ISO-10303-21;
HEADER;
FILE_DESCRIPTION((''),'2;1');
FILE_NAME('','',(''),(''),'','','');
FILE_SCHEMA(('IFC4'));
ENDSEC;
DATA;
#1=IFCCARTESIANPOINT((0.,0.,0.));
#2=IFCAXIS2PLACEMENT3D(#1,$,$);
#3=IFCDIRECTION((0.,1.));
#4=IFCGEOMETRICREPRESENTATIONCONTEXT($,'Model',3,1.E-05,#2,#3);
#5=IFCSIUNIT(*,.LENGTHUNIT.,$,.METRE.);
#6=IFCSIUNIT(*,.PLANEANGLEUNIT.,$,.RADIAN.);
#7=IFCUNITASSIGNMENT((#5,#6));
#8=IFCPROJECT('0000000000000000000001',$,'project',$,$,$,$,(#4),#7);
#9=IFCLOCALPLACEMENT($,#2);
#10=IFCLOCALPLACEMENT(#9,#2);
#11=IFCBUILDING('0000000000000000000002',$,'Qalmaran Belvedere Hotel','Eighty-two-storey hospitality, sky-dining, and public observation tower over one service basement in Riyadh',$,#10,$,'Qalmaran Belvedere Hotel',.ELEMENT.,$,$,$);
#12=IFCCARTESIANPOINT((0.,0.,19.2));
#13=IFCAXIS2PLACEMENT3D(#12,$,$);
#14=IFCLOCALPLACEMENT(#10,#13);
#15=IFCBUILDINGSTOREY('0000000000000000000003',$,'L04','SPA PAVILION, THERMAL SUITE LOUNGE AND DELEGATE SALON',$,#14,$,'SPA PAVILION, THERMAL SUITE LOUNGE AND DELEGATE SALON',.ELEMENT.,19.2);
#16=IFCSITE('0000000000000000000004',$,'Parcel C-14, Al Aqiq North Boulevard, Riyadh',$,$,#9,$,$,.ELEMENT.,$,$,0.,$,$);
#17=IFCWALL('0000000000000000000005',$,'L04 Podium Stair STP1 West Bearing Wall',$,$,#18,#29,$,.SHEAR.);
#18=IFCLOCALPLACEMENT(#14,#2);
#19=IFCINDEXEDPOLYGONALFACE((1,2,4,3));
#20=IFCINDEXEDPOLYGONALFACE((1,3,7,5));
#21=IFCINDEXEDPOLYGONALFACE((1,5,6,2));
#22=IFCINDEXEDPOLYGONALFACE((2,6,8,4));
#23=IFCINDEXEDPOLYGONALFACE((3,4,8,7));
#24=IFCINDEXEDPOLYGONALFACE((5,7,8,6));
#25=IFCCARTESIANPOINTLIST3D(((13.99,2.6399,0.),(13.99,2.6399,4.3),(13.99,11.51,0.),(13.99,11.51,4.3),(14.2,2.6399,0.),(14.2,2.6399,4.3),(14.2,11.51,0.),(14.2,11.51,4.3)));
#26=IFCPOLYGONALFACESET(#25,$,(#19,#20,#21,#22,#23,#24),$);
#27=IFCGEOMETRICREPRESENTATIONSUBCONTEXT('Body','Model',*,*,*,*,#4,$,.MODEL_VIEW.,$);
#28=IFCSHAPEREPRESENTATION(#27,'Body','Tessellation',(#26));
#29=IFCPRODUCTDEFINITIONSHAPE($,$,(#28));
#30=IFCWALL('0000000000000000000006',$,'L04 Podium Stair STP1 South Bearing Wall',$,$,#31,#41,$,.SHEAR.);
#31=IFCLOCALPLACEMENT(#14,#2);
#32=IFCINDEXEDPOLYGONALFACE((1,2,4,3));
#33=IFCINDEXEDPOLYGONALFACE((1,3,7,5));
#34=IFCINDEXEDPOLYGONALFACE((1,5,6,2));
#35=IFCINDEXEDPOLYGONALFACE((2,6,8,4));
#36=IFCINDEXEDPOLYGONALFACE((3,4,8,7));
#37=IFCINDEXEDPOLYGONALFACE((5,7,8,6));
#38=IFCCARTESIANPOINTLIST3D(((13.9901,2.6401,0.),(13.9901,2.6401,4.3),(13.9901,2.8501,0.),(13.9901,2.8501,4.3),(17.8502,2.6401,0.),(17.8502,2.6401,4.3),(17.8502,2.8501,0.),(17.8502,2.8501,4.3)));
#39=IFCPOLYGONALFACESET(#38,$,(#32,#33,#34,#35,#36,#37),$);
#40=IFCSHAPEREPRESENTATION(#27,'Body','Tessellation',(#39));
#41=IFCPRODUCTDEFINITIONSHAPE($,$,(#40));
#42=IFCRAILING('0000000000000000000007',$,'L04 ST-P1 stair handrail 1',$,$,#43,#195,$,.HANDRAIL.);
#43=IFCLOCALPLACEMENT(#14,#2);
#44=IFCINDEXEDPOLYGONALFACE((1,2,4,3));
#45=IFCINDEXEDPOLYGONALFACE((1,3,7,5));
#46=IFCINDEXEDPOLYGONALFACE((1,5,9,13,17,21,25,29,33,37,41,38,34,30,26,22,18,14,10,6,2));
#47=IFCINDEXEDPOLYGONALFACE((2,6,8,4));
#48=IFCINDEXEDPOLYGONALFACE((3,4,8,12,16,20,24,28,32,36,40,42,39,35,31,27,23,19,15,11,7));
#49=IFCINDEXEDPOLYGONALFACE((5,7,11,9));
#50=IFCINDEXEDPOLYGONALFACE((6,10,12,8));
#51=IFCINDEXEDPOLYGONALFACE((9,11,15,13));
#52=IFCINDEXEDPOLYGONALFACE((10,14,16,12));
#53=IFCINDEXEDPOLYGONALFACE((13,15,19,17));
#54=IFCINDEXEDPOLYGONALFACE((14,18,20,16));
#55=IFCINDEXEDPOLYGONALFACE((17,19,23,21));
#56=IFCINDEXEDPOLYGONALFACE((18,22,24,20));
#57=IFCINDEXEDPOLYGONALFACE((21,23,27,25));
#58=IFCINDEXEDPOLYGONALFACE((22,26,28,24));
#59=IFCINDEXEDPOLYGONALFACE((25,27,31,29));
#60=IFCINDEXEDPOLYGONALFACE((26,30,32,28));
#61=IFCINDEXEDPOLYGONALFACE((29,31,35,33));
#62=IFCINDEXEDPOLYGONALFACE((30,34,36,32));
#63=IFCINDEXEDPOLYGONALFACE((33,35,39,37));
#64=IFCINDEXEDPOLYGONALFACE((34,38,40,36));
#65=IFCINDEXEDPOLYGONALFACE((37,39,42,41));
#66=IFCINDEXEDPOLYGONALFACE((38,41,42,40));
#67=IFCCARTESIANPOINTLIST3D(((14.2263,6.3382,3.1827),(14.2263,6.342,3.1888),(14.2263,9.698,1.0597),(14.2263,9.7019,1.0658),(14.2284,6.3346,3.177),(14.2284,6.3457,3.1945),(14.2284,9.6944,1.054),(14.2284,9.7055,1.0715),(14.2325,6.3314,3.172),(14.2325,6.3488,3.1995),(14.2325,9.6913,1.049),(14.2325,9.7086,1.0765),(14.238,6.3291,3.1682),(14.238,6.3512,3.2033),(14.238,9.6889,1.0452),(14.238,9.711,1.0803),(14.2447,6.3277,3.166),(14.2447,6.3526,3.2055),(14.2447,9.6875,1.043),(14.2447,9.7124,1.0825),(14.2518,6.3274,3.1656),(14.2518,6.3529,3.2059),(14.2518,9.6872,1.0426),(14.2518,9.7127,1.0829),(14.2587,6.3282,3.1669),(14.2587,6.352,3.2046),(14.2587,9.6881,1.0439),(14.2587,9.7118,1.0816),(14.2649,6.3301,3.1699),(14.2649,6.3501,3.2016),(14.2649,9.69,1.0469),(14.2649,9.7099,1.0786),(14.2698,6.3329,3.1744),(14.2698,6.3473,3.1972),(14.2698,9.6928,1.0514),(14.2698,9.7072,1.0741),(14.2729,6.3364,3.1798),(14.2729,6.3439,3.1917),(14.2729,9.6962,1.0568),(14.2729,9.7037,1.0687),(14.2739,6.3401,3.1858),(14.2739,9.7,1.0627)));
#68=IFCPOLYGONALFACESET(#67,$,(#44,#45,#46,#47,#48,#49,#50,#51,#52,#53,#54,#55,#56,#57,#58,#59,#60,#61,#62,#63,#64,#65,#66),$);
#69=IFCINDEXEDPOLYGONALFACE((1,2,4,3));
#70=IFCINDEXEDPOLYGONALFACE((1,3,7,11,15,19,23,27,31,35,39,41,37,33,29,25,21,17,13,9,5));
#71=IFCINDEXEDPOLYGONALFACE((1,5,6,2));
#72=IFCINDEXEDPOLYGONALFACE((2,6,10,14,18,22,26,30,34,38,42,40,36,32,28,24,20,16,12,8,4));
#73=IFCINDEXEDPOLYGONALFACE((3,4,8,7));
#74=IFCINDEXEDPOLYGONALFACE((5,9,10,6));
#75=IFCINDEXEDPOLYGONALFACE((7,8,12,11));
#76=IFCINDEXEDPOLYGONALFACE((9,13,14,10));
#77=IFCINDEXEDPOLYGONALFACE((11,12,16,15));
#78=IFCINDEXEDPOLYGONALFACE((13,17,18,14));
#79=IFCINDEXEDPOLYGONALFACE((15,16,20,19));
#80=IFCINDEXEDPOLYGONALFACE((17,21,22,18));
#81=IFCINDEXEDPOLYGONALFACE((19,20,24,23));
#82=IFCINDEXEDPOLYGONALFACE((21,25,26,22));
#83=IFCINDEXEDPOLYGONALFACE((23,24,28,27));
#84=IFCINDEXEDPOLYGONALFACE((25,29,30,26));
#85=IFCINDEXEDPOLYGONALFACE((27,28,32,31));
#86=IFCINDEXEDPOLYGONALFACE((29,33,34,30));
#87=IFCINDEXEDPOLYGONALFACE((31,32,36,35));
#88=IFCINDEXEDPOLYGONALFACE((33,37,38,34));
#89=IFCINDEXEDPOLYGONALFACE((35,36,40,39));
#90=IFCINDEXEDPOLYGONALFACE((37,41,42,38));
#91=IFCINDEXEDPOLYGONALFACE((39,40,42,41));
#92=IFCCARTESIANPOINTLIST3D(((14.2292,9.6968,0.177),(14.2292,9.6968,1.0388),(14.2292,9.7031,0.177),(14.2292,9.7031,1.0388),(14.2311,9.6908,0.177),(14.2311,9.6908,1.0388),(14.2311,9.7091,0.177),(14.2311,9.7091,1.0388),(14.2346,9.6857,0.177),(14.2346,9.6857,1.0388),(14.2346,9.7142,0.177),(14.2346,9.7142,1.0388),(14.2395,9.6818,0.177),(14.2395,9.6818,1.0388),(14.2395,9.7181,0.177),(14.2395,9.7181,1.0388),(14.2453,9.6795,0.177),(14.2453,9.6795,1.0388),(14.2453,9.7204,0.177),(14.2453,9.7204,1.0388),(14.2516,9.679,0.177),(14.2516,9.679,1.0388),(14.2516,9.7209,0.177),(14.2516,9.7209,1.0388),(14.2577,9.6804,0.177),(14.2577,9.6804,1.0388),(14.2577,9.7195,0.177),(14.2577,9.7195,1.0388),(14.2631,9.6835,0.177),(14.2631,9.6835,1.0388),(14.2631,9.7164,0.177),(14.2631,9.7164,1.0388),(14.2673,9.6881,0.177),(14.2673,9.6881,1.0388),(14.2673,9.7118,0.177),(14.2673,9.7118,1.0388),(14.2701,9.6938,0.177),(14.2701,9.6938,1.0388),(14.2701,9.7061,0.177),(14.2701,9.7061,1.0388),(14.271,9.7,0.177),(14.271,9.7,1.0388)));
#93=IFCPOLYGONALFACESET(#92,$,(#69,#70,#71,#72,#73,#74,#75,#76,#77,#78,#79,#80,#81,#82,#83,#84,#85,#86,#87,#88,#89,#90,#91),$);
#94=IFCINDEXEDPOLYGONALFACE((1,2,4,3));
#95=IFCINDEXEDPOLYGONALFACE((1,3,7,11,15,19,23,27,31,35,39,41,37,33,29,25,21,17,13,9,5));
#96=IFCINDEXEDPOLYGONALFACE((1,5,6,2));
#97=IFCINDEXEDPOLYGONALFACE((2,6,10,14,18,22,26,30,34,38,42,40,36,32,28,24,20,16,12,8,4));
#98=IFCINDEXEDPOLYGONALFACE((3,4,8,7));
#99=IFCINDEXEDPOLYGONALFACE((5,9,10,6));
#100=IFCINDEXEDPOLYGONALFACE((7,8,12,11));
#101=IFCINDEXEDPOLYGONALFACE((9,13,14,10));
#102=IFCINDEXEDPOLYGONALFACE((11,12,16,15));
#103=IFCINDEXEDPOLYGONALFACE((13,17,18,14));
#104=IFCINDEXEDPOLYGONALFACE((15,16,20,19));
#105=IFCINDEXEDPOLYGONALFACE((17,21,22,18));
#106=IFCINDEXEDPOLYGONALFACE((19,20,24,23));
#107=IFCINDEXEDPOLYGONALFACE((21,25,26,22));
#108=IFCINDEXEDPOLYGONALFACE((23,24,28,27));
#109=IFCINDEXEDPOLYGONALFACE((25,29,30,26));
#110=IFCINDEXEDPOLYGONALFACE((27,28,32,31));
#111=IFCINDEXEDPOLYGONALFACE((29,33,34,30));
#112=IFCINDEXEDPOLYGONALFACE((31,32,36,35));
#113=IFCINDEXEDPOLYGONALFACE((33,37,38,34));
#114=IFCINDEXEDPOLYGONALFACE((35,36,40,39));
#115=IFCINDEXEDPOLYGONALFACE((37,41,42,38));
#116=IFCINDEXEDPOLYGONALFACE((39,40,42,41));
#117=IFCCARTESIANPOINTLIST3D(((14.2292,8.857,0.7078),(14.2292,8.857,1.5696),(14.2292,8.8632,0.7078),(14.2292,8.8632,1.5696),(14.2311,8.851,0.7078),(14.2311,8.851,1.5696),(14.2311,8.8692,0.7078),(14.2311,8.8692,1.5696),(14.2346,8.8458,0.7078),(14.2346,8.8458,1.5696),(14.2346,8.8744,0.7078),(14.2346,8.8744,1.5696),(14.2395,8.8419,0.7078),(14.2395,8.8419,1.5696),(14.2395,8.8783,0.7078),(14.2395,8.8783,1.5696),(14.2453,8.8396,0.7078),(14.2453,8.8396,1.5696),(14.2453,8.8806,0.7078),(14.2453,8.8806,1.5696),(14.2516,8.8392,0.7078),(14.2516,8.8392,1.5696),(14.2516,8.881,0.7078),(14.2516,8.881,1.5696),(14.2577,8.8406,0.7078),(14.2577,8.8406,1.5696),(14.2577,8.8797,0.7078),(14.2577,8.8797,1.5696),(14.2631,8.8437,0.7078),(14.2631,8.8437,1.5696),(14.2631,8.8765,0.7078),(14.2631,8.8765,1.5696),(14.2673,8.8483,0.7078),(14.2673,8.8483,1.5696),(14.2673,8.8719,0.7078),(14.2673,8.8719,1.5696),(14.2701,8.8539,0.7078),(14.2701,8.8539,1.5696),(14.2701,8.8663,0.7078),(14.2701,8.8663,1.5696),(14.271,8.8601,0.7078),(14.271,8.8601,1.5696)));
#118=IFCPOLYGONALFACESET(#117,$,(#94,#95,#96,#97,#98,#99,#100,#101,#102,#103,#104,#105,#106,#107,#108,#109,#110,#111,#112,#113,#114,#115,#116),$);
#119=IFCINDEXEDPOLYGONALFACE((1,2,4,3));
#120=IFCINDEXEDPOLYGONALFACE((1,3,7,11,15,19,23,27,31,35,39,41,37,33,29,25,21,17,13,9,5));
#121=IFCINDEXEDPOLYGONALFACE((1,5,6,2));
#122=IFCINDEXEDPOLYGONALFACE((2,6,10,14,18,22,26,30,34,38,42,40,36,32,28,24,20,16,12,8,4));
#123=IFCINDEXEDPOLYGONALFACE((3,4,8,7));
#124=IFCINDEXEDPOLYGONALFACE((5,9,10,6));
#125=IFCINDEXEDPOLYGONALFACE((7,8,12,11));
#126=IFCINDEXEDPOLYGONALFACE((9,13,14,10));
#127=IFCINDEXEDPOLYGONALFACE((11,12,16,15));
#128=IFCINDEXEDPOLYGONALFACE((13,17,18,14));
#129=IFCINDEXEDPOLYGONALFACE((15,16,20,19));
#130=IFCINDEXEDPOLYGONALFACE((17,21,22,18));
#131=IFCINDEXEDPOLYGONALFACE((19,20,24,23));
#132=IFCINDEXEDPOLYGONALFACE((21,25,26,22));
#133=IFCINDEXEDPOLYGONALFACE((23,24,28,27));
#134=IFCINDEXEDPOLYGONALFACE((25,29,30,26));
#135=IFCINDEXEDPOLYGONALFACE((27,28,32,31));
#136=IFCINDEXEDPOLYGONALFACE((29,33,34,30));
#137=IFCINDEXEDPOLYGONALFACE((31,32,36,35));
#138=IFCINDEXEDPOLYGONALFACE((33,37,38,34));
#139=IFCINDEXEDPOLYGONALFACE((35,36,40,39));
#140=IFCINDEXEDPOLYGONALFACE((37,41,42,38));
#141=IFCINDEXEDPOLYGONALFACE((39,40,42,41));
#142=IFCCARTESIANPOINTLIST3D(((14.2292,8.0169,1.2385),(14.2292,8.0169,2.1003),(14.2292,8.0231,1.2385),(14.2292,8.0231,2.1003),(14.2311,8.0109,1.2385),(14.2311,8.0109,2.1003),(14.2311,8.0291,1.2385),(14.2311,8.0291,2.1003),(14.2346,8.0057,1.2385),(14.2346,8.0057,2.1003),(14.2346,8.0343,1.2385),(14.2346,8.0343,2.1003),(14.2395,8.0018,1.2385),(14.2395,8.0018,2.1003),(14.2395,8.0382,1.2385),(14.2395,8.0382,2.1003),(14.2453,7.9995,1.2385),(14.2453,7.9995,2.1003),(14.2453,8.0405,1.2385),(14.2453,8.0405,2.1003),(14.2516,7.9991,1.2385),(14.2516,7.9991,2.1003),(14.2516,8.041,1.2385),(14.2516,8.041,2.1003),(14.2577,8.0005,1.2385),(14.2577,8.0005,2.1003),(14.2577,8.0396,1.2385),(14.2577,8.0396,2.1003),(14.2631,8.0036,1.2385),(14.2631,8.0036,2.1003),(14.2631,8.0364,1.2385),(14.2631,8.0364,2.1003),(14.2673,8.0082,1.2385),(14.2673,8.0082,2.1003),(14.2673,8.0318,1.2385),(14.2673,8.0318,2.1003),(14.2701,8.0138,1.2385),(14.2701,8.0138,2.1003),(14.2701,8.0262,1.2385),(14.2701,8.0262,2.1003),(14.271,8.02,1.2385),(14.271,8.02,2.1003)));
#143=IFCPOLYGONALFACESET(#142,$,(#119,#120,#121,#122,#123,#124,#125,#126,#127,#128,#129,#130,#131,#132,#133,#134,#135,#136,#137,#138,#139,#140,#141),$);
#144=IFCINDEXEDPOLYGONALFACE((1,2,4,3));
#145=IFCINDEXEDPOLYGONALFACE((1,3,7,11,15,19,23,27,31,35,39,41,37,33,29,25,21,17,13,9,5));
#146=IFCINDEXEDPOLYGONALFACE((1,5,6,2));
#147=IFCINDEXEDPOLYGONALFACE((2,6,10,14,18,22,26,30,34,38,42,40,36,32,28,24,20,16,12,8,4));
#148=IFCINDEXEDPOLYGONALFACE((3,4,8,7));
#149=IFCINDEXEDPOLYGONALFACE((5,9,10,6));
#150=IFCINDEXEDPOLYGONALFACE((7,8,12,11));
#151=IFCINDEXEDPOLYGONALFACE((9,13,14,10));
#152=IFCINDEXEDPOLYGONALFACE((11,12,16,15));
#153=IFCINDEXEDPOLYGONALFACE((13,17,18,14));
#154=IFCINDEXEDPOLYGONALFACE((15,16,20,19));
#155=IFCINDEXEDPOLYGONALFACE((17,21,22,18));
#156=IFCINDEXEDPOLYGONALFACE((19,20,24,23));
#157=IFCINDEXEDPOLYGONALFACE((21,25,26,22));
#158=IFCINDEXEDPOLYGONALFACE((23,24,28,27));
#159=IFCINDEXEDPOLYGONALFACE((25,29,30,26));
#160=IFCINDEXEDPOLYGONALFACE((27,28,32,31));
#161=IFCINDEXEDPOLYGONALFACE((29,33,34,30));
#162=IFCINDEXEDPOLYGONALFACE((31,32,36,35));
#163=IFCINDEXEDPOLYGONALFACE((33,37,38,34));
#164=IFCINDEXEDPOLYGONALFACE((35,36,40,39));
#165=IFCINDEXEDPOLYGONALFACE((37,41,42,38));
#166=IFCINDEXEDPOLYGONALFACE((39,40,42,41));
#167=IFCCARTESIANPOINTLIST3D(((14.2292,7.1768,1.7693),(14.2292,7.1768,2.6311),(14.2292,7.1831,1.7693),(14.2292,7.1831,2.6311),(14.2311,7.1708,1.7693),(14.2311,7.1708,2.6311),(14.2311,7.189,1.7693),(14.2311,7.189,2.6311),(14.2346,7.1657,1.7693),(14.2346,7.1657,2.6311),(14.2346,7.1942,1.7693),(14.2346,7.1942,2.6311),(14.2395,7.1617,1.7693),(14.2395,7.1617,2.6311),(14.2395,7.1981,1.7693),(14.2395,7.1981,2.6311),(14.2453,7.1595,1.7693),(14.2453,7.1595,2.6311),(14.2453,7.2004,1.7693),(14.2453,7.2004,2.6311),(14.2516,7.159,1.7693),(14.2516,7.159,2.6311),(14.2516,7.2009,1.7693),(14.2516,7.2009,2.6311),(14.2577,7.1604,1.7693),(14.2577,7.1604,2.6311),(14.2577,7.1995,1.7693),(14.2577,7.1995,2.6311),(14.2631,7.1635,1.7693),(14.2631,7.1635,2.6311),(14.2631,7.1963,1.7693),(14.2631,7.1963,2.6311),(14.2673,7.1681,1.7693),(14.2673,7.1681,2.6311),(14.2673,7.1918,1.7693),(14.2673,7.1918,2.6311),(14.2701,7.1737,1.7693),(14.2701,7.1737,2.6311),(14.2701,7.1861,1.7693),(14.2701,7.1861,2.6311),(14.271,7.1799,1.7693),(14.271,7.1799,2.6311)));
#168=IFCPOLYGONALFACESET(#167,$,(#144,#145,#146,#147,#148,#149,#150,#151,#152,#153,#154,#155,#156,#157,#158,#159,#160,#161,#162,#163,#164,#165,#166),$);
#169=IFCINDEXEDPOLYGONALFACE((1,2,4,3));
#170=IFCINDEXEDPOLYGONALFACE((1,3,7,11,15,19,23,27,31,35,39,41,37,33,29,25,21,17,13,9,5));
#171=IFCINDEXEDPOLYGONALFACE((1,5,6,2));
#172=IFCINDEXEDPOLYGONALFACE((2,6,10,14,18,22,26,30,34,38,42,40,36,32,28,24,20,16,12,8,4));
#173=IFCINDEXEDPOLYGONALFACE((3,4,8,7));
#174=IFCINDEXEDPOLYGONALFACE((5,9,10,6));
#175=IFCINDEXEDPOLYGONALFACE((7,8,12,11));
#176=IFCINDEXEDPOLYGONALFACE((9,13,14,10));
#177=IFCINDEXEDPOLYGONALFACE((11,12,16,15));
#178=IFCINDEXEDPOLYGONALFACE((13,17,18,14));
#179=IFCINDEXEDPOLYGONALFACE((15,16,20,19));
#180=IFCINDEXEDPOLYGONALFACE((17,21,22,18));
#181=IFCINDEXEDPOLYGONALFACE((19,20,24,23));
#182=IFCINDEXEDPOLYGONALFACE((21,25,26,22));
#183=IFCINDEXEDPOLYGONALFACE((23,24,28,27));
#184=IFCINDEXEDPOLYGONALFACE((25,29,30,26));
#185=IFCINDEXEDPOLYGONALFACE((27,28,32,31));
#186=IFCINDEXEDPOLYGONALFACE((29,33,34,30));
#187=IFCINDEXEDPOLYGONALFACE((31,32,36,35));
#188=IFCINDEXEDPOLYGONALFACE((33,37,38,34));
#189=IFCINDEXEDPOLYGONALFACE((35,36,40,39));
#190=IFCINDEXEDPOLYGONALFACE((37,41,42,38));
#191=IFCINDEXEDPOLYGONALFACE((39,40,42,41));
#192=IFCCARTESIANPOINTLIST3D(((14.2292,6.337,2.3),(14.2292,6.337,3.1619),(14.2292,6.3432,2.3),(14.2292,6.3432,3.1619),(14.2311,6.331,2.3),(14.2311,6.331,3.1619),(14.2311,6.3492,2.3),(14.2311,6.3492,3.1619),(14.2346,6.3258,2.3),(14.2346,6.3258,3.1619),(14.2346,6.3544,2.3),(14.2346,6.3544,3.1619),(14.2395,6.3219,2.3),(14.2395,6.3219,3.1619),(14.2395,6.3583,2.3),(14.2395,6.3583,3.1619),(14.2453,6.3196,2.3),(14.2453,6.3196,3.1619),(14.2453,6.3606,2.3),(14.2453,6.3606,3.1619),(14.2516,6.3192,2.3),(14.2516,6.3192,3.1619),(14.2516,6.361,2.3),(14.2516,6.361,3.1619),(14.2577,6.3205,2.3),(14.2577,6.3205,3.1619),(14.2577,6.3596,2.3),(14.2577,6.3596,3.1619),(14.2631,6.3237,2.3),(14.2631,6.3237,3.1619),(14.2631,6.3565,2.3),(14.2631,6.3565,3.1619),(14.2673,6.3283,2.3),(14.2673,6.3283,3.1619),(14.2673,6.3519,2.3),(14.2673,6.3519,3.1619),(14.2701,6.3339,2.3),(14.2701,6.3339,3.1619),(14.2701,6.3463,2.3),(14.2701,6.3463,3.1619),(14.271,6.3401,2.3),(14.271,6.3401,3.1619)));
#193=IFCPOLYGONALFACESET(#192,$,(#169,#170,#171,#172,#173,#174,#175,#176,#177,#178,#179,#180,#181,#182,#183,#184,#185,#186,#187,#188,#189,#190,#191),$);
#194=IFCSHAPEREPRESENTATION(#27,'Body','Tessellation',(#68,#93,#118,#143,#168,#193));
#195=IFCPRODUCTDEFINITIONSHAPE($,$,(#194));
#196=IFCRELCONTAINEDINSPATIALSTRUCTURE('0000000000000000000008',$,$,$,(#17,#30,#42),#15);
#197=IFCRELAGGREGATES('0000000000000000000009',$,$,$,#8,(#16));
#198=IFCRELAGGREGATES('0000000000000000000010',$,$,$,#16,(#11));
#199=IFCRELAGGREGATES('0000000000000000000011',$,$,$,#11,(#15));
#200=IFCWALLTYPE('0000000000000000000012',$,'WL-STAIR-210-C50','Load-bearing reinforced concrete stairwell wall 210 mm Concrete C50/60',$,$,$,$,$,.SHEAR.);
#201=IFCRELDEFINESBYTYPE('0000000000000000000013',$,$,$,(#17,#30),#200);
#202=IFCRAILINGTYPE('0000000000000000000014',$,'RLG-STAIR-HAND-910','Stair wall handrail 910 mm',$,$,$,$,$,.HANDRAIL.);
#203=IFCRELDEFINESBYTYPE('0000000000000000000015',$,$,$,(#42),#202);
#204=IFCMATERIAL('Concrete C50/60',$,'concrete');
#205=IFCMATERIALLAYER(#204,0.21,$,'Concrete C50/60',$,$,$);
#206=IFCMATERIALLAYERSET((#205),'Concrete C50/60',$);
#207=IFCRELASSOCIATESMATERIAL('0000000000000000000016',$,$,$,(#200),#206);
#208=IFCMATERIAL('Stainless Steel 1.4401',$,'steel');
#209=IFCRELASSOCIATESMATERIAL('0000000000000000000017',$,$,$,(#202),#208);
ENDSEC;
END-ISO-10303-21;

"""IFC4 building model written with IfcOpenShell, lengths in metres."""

from ifc_helpers import new_model, si_unit, direction, frame, frame_2d, origin, origin_2d, place, context, subcontext, project, spatial, rectangle, circle, extrude, material, layer, layer_set, type_object, element, save


model = new_model("IFC4")

# Units and contexts
model_context = context("Model", 3, precision=1e-05, world=origin(), true_north=direction((0.0, 1.0)))
body_context = subcontext(model_context, "Body", "Model", "MODEL_VIEW")
ifc_project = project(units=[si_unit("LENGTHUNIT", "METRE"), si_unit("PLANEANGLEUNIT", "RADIAN")], contexts=[model_context])

# Site, building, storey
site_placement = place(None, origin())
site = spatial("IfcSite", under=ifc_project, at=site_placement, Name="Parcel C-14, Al Aqiq North Boulevard, Riyadh", CompositionType="ELEMENT", RefElevation=0.0)
building_placement = place(site_placement, origin())
building = spatial("IfcBuilding", under=site, at=building_placement, Name="Qalmaran Belvedere Hotel", Description="Eighty-two-storey hospitality, sky-dining, and public observation tower over one service basement in Riyadh", LongName="Qalmaran Belvedere Hotel", CompositionType="ELEMENT")
storey_placement = place(building_placement, frame((0.0, 0.0, 19.2)))
storey = spatial("IfcBuildingStorey", under=building, at=storey_placement, Name="L04", Description="SPA PAVILION, THERMAL SUITE LOUNGE AND DELEGATE SALON", LongName="SPA PAVILION, THERMAL SUITE LOUNGE AND DELEGATE SALON", CompositionType="ELEMENT", Elevation=19.2)

# Walls
ifc_material_1 = material(Name="Concrete C50/60", Category="concrete")
ifc_layer_1 = layer(ifc_material_1, 0.21, Name="Concrete C50/60")
ifc_layer_set_1 = layer_set([ifc_layer_1], Name="Concrete C50/60")
wall_type_1 = type_object("IfcWallType", Name="WL-STAIR-210-C50", Description="Load-bearing reinforced concrete stairwell wall 210 mm Concrete C50/60", PredefinedType="SHEAR", material=ifc_layer_set_1)
wall_1_placement = place(storey_placement, frame((14.095, 2.6399, 0.0), z_axis=(0.0, 0.0, 1.0), x_axis=(0.0, 1.0, 0.0)))
element("IfcWall", 1, at=wall_1_placement, inside=storey, type_object=wall_type_1, Name="L04 Podium Stair STP1 West Bearing Wall", PredefinedType="SHEAR", context=body_context, shape_type="SweptSolid", body=[
    extrude(rectangle(XDim=8.8701, YDim=0.21, at=frame_2d((4.4351, 0.0))), origin(), (0.0, 0.0, 1.0), 4.3),
])
wall_2_placement = place(storey_placement, frame((13.99, 2.7451, 0.0), z_axis=(0.0, 0.0, 1.0), x_axis=(1.0, 0.0, 0.0)))
element("IfcWall", 2, at=wall_2_placement, inside=storey, type_object=wall_type_1, Name="L04 Podium Stair STP1 South Bearing Wall", PredefinedType="SHEAR", context=body_context, shape_type="SweptSolid", body=[
    extrude(rectangle(XDim=3.8601, YDim=0.21, at=frame_2d((1.9302, 0.0))), origin(), (0.0, 0.0, 1.0), 4.3),
])

# Railing
ifc_material_2 = material(Name="Stainless Steel 1.4401", Category="steel")
railing_type = type_object("IfcRailingType", Name="RLG-STAIR-HAND-910", Description="Stair wall handrail 910 mm", PredefinedType="HANDRAIL", material=ifc_material_2)
railing_placement = place(storey_placement, frame((14.25, 9.7, 0.177)))
element("IfcRailing", 3, at=railing_placement, inside=storey, type_object=railing_type, Name="L04 ST-P1 stair handrail 1", PredefinedType="HANDRAIL", context=body_context, shape_type="SweptSolid", body=[
    extrude(circle(Radius=0.0239, at=origin_2d()), frame((0.0, 0.0, 0.8857), z_axis=(0.0, -0.845372, 0.534178), x_axis=(1.0, 0.0, 0.0)), (0.0, 0.0, 1.0), 3.9744),
    extrude(circle(Radius=0.021, at=origin_2d()), origin(), (0.0, 0.0, 1.0), 0.8618),
    extrude(circle(Radius=0.021, at=origin_2d()), frame((0.0, -0.8398, 0.5308)), (0.0, 0.0, 1.0), 0.8618),
    extrude(circle(Radius=0.021, at=origin_2d()), frame((0.0, -1.6799, 1.0615)), (0.0, 0.0, 1.0), 0.8618),
    extrude(circle(Radius=0.021, at=origin_2d()), frame((0.0, -2.52, 1.5923)), (0.0, 0.0, 1.0), 0.8618),
    extrude(circle(Radius=0.021, at=origin_2d()), frame((0.0, -3.3599, 2.123)), (0.0, 0.0, 1.0), 0.8618),
])

save(model, "model.ifc")
